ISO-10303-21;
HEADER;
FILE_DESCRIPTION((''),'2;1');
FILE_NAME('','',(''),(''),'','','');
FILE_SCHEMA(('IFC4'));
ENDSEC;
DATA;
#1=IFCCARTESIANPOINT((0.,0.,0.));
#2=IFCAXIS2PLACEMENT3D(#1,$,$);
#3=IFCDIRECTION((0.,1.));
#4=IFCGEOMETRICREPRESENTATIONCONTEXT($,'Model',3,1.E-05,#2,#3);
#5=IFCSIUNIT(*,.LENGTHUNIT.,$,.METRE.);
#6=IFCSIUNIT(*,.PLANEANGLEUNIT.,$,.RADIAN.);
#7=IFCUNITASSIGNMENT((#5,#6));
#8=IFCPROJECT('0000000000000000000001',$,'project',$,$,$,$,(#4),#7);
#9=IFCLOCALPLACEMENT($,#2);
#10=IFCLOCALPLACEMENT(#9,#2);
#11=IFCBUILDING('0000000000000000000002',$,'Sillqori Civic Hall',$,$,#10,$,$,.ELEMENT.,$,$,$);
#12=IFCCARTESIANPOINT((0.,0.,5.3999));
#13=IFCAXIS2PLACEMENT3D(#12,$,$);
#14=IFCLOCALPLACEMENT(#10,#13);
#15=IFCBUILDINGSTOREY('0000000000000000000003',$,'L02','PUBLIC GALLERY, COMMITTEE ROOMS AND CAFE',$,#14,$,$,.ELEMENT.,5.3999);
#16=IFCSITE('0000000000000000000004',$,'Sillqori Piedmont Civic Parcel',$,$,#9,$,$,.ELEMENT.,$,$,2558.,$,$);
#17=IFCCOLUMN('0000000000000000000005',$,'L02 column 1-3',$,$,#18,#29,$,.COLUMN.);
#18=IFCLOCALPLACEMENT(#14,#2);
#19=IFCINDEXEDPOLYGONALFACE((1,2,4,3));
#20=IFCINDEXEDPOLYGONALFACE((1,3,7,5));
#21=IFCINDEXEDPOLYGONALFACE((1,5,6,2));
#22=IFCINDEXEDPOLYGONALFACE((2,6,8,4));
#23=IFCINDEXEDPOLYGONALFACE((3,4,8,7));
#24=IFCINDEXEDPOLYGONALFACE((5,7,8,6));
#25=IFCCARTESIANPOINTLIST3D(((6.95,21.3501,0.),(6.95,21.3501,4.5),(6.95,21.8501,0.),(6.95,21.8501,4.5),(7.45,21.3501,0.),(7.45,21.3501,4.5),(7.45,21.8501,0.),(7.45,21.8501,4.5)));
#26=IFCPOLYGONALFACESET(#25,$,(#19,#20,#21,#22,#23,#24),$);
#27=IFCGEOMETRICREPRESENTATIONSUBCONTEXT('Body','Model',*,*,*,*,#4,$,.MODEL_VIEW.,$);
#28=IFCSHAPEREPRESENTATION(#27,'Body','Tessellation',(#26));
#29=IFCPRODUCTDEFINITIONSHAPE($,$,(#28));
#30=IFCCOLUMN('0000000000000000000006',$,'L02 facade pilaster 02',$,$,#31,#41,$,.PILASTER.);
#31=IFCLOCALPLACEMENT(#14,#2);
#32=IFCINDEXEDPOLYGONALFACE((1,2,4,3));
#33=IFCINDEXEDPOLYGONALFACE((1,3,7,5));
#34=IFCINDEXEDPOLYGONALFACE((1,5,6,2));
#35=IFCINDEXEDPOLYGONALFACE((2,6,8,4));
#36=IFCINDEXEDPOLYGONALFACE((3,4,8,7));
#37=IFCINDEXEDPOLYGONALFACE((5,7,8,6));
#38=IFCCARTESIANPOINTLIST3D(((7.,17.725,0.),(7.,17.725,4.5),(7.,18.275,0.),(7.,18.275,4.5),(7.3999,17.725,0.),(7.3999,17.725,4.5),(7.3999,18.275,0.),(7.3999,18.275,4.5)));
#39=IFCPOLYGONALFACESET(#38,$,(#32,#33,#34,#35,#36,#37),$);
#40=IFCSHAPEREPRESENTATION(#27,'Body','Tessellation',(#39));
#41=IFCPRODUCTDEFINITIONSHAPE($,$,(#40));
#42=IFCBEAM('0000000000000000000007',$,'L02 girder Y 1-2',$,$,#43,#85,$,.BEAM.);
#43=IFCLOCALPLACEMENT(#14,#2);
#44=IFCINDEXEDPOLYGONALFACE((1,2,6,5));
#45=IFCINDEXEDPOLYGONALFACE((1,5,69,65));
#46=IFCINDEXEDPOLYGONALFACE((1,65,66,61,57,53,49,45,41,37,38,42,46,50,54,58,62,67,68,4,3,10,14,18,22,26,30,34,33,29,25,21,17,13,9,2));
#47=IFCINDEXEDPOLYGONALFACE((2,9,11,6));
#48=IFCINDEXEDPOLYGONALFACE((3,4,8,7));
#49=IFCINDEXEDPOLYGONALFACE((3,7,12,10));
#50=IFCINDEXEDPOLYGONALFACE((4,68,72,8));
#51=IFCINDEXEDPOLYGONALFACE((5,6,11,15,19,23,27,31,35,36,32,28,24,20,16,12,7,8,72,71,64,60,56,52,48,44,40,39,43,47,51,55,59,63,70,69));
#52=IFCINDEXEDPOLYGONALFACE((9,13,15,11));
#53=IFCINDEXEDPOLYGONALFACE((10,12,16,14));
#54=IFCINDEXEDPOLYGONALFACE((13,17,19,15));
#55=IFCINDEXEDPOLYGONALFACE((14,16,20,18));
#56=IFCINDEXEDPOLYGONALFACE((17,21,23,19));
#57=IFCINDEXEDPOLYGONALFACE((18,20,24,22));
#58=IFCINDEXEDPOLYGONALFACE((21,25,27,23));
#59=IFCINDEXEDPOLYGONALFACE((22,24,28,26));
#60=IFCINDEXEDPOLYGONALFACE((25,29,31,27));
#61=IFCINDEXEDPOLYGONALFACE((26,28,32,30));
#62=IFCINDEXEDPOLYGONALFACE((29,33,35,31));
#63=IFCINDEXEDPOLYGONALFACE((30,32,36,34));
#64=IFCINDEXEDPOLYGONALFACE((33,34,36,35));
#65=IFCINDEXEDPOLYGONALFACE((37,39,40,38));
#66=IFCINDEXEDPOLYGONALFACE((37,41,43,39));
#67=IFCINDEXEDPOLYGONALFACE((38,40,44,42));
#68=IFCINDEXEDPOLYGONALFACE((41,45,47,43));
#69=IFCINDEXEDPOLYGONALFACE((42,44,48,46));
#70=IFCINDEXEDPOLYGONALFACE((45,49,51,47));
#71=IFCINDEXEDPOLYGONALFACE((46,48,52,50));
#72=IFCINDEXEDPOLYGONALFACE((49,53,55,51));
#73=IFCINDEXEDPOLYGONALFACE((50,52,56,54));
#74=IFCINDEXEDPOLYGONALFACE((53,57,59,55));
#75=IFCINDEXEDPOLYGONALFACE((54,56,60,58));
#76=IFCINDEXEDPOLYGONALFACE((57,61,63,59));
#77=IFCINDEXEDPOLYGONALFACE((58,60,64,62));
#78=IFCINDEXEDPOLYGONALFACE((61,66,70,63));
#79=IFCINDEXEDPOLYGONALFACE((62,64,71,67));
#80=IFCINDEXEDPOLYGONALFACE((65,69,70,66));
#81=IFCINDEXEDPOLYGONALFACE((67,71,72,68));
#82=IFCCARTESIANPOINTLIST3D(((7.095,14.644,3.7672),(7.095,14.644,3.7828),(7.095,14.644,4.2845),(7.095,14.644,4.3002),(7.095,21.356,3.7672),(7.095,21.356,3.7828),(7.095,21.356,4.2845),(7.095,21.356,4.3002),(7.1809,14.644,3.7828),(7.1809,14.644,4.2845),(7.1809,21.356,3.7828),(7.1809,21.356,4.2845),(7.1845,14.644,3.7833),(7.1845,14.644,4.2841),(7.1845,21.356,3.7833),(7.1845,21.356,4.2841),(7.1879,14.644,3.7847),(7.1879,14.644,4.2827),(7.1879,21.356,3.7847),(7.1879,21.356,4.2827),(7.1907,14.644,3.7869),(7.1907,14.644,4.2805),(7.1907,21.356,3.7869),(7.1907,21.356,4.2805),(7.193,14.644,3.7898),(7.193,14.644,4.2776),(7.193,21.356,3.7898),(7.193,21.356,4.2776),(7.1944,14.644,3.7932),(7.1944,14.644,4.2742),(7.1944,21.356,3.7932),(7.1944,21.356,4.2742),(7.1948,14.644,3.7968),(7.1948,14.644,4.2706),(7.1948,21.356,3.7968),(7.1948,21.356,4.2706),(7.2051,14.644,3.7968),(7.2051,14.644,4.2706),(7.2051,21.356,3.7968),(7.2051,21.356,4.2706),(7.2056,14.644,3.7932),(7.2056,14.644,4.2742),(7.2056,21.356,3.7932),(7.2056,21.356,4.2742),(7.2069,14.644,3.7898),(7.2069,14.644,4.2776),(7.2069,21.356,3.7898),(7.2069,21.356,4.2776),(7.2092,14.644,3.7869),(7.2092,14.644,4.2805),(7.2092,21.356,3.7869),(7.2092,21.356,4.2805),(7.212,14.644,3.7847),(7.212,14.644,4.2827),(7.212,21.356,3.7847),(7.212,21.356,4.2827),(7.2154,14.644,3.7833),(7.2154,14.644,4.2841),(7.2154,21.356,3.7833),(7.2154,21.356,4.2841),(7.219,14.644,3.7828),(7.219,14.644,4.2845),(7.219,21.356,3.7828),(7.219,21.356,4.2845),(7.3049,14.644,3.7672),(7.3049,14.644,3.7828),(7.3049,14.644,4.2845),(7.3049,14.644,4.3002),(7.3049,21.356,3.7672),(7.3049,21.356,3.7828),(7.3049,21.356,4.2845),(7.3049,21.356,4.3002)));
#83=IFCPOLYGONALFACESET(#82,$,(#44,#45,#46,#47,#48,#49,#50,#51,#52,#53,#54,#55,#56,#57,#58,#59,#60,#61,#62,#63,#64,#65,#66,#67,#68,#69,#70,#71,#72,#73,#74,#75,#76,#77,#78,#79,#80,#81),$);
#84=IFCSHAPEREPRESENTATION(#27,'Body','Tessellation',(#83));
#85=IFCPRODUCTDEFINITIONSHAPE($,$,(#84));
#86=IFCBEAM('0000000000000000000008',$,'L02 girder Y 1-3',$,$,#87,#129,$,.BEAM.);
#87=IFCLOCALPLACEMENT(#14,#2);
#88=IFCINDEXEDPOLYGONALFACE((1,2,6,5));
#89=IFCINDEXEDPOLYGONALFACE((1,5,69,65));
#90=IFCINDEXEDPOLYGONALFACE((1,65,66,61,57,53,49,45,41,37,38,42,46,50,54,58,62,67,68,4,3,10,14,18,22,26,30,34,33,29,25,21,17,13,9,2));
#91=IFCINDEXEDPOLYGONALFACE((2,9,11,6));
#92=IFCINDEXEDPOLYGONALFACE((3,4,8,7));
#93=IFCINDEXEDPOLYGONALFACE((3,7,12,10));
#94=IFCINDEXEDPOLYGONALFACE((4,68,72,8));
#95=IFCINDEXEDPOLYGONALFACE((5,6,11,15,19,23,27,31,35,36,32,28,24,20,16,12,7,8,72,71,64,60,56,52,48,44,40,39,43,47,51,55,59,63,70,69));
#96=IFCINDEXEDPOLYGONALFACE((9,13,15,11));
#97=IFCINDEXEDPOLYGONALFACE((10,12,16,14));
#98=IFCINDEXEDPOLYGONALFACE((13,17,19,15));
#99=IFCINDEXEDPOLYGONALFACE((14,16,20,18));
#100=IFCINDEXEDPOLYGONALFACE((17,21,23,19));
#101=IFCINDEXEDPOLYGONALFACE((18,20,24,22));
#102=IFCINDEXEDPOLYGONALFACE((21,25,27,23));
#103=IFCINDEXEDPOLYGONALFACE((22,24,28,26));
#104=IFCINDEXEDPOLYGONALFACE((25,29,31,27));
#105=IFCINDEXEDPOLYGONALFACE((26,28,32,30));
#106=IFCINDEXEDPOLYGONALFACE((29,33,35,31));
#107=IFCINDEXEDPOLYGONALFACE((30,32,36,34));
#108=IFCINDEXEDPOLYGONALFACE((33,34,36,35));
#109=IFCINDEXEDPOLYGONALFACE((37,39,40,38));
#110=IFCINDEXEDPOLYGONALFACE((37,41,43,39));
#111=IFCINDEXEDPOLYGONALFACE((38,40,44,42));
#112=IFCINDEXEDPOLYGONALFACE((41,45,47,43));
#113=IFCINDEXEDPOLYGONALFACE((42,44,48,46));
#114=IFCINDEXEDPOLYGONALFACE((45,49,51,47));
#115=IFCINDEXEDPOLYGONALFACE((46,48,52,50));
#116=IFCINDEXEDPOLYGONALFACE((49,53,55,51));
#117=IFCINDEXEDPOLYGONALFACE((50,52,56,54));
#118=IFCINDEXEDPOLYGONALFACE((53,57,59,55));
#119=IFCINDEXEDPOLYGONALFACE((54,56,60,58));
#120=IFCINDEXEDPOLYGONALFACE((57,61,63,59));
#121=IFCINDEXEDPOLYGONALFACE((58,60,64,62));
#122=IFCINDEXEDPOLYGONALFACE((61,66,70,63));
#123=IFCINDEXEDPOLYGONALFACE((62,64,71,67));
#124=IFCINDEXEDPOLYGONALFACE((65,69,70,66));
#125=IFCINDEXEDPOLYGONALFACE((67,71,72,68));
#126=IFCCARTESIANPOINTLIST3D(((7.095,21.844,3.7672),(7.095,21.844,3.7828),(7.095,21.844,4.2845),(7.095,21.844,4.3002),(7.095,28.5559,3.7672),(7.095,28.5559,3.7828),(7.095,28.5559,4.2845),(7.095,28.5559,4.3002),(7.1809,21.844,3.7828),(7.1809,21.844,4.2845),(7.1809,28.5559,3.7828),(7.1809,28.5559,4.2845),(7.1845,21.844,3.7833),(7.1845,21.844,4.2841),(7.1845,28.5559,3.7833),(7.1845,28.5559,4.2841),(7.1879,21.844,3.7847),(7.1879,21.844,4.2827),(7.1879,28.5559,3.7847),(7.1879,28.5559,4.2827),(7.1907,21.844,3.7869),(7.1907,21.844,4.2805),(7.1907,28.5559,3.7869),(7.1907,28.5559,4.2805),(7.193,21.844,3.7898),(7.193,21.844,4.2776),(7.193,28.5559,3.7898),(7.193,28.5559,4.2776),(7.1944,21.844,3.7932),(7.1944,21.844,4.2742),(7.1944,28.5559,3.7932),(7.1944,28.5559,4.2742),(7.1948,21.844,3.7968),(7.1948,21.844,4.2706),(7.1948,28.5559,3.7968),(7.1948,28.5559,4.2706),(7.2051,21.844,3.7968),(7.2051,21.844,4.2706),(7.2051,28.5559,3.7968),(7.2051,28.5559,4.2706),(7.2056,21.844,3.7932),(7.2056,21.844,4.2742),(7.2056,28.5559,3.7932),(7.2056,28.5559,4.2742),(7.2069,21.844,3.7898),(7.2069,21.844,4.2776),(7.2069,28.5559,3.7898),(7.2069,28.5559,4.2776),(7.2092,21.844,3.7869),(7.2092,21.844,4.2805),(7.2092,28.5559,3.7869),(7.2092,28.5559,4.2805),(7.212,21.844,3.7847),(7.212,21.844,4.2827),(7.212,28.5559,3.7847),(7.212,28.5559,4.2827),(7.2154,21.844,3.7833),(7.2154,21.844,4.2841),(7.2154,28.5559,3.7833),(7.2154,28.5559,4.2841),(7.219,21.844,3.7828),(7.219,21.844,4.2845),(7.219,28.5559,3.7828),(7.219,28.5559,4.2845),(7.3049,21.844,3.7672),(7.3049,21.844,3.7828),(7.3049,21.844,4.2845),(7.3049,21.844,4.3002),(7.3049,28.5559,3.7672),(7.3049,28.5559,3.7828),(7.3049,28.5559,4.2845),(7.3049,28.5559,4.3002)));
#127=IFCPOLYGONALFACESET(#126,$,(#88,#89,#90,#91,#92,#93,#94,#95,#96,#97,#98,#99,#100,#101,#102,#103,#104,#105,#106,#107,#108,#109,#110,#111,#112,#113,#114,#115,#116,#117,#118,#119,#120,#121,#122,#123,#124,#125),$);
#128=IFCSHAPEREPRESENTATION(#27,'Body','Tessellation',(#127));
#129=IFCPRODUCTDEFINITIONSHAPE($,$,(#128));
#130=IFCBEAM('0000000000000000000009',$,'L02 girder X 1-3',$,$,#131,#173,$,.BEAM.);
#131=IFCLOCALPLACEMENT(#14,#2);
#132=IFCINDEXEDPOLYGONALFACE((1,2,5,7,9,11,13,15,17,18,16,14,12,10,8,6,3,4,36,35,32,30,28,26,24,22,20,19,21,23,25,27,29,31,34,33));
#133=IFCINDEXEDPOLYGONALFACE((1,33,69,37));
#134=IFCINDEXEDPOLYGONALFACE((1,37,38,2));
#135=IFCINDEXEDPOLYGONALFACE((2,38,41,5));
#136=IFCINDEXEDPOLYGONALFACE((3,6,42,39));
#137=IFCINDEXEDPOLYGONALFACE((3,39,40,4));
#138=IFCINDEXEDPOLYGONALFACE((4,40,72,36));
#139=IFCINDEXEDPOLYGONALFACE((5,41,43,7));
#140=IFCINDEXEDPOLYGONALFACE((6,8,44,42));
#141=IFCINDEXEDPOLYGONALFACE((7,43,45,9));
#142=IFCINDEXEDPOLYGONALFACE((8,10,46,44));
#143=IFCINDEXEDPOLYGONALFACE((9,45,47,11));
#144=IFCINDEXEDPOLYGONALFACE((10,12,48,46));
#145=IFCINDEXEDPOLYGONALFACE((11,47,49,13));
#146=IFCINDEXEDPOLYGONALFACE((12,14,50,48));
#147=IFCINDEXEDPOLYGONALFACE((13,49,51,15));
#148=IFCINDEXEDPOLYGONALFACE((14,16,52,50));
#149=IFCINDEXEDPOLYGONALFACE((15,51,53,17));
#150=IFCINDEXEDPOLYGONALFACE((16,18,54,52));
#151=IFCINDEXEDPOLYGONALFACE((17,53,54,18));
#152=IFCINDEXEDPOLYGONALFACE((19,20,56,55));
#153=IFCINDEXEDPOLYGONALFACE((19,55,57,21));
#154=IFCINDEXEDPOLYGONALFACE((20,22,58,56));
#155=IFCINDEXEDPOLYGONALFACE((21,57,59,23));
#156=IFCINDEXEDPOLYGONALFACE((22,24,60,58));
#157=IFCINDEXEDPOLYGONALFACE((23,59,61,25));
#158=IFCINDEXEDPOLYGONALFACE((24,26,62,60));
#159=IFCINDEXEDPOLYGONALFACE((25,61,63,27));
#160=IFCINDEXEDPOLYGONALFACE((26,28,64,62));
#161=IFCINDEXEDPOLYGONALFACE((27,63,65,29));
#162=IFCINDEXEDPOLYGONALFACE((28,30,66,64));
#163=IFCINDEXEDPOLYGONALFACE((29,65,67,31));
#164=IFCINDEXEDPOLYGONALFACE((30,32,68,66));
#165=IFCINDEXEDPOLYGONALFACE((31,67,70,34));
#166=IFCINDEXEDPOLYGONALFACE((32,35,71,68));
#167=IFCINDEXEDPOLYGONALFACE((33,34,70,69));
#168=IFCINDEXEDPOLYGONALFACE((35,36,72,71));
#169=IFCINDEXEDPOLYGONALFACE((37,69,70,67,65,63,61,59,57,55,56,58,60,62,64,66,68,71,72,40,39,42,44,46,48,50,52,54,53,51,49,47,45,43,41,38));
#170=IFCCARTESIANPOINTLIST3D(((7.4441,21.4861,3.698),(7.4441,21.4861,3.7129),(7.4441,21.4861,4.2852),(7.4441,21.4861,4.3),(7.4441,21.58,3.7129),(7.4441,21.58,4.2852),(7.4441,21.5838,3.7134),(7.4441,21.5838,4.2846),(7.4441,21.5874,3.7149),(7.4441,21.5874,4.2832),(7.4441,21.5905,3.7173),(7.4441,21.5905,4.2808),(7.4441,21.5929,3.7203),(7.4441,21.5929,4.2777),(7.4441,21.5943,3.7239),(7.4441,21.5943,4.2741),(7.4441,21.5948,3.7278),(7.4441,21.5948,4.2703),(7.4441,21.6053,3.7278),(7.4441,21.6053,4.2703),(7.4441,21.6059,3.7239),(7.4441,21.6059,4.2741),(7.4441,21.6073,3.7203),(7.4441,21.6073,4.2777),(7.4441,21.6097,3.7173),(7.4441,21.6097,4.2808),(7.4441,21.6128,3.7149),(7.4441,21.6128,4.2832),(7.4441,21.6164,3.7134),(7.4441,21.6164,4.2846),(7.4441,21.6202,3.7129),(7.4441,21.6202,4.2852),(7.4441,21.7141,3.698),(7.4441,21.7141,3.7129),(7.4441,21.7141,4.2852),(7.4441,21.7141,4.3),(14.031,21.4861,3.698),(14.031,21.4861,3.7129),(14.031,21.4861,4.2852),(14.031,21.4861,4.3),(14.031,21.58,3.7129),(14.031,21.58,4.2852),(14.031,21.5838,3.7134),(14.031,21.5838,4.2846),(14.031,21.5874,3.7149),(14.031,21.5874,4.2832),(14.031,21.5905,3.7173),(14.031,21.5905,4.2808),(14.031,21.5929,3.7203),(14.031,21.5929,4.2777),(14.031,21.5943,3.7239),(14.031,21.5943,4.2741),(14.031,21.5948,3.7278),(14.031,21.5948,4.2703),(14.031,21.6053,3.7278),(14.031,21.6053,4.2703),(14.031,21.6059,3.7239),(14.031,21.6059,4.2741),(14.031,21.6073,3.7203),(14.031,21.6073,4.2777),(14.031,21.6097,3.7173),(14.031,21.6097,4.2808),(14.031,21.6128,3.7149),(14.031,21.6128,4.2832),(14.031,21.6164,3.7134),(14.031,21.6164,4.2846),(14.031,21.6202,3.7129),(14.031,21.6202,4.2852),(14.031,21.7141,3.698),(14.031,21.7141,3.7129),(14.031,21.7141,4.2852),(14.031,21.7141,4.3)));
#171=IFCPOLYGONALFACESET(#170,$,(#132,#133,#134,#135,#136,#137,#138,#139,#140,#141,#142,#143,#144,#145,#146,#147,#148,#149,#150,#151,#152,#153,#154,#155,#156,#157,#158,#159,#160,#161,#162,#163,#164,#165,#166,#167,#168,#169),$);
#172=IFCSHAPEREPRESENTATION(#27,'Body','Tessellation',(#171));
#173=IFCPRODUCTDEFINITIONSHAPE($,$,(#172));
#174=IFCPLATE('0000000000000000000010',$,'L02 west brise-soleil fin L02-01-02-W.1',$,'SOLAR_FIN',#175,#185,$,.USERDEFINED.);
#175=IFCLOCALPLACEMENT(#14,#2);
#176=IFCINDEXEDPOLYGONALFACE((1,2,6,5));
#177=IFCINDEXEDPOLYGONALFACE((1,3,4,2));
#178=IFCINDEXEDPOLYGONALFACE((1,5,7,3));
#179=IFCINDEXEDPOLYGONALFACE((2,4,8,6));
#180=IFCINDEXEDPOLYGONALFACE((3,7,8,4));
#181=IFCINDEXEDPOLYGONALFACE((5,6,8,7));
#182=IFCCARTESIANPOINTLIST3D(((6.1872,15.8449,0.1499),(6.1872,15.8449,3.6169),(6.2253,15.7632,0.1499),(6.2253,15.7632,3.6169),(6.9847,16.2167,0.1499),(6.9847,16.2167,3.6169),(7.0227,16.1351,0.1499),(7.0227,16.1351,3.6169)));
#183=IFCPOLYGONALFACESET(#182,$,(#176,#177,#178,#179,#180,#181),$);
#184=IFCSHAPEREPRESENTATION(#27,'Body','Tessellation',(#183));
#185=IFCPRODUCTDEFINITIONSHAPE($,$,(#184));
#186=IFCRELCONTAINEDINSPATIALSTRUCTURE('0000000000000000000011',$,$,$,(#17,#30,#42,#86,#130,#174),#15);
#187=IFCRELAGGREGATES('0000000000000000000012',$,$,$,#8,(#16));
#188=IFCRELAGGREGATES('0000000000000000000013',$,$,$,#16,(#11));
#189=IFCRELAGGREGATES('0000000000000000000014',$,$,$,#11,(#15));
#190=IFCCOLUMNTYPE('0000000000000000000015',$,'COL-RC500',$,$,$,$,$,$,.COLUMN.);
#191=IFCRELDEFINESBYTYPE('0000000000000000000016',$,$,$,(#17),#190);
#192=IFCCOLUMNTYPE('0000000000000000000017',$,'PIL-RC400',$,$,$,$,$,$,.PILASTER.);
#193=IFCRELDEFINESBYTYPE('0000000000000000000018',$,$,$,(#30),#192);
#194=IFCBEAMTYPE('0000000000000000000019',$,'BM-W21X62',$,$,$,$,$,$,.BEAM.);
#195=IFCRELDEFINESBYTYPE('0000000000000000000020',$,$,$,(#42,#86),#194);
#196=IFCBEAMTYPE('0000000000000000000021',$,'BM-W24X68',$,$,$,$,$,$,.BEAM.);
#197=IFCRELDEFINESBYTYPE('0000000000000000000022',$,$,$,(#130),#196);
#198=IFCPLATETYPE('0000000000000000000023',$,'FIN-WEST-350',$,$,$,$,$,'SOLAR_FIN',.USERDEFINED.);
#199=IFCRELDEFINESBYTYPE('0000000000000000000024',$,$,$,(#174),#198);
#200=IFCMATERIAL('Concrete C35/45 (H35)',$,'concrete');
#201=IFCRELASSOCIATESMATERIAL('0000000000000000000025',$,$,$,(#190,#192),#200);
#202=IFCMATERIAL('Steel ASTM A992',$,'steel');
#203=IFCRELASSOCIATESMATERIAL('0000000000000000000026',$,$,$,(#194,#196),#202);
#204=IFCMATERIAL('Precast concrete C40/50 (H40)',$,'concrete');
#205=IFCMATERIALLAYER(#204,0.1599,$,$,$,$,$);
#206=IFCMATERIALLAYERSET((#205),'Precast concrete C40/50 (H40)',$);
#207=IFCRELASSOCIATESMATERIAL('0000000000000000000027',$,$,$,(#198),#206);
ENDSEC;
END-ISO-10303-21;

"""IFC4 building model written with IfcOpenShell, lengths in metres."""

from ifc_helpers import new_model, si_unit, direction, frame, origin, origin_2d, place, context, subcontext, project, spatial, rectangle, i_section, extrude, material, layer, layer_set, material_profile, profile_set, type_object, element, save


model = new_model("IFC4")

# Units and contexts
model_context = context("Model", 3, precision=1e-05, world=origin(), true_north=direction((0.0, 1.0)))
body_context = subcontext(model_context, "Body", "Model", "MODEL_VIEW")
ifc_project = project(units=[si_unit("LENGTHUNIT", "METRE"), si_unit("PLANEANGLEUNIT", "RADIAN")], contexts=[model_context])

# Site, building, storey
site_placement = place(None, origin())
site = spatial("IfcSite", under=ifc_project, at=site_placement, Name="Sillqori Piedmont Civic Parcel", CompositionType="ELEMENT", RefElevation=2558.0)
building_placement = place(site_placement, origin())
building = spatial("IfcBuilding", under=site, at=building_placement, Name="Sillqori Civic Hall", CompositionType="ELEMENT")
storey_placement = place(building_placement, frame((0.0, 0.0, 5.3999)))
storey = spatial("IfcBuildingStorey", under=building, at=storey_placement, Name="L02", Description="PUBLIC GALLERY, COMMITTEE ROOMS AND CAFE", CompositionType="ELEMENT", Elevation=5.3999)

# Columns
ifc_material_1 = material(Name="Concrete C35/45 (H35)", Category="concrete")
ifc_material_profile_1 = material_profile(ifc_material_1, rectangle(XDim=0.5, YDim=0.5, at=origin_2d()), Name="RC 500x500")
ifc_profile_set_1 = profile_set([ifc_material_profile_1], Name="Concrete C35/45 (H35)")
column_type_1 = type_object("IfcColumnType", Name="COL-RC500", PredefinedType="COLUMN", material=ifc_profile_set_1)
column_1_placement = place(storey_placement, frame((7.2, 21.6001, 0.0), z_axis=(0.0, 0.0, 1.0), x_axis=(1.0, 0.0, 0.0)))
element("IfcColumn", 1, at=column_1_placement, inside=storey, type_object=column_type_1, Name="L02 column 1-3", PredefinedType="COLUMN", context=body_context, shape_type="SweptSolid", body=[
    extrude(rectangle(XDim=0.5, YDim=0.5, at=origin_2d()), origin(), (0.0, 0.0, 1.0), 4.5),
])
ifc_material_profile_2 = material_profile(ifc_material_1, rectangle(XDim=0.3999, YDim=0.55, at=origin_2d()), Name="RC 400x550")
ifc_profile_set_2 = profile_set([ifc_material_profile_2], Name="Concrete C35/45 (H35)")
column_type_2 = type_object("IfcColumnType", Name="PIL-RC400", PredefinedType="PILASTER", material=ifc_profile_set_2)
column_2_placement = place(storey_placement, frame((7.2, 18.0, 0.0), z_axis=(0.0, 0.0, 1.0), x_axis=(1.0, 0.0, 0.0)))
element("IfcColumn", 2, at=column_2_placement, inside=storey, type_object=column_type_2, Name="L02 facade pilaster 02", PredefinedType="PILASTER", context=body_context, shape_type="SweptSolid", body=[
    extrude(rectangle(XDim=0.3999, YDim=0.55, at=origin_2d()), origin(), (0.0, 0.0, 1.0), 4.5),
])

# Beams
ifc_material_2 = material(Name="Steel ASTM A992", Category="steel")
ifc_material_profile_3 = material_profile(ifc_material_2, i_section(OverallWidth=0.21, OverallDepth=0.533, WebThickness=0.0103, FlangeThickness=0.0156, FilletRadius=0.0139, at=origin_2d()), Name="W21X62")
ifc_profile_set_3 = profile_set([ifc_material_profile_3], Name="Steel ASTM A992")
beam_type_1 = type_object("IfcBeamType", Name="BM-W21X62", PredefinedType="BEAM", material=ifc_profile_set_3)
for number, where, z_axis, x_axis, name in (
    (3, (7.2, 14.644, 4.0337), (0.0, 1.0, 0.0), (-1.0, 0.0, 0.0), "L02 girder Y 1-2"),
    (4, (7.2, 21.844, 4.0337), (0.0, 1.0, 0.0), (-1.0, 0.0, 0.0), "L02 girder Y 1-3"),
):
    element("IfcBeam", number, at=place(storey_placement, frame(where, z_axis=z_axis, x_axis=x_axis)), inside=storey, type_object=beam_type_1, Name=name, PredefinedType="BEAM", context=body_context, shape_type="SweptSolid", body=[
        extrude(i_section(OverallWidth=0.21, OverallDepth=0.533, WebThickness=0.0103, FlangeThickness=0.0156, FilletRadius=0.0139, at=origin_2d()), origin(), (0.0, 0.0, 1.0), 6.7119),
    ])
ifc_material_profile_4 = material_profile(ifc_material_2, i_section(OverallWidth=0.228, OverallDepth=0.6021, WebThickness=0.0105, FlangeThickness=0.0149, FilletRadius=0.0149, at=origin_2d()), Name="W24X68")
ifc_profile_set_4 = profile_set([ifc_material_profile_4], Name="Steel ASTM A992")
beam_type_2 = type_object("IfcBeamType", Name="BM-W24X68", PredefinedType="BEAM", material=ifc_profile_set_4)
beam_placement = place(storey_placement, frame((7.4441, 21.6001, 3.999), z_axis=(1.0, 0.0, 0.0), x_axis=(0.0, 1.0, 0.0)))
element("IfcBeam", 5, at=beam_placement, inside=storey, type_object=beam_type_2, Name="L02 girder X 1-3", PredefinedType="BEAM", context=body_context, shape_type="SweptSolid", body=[
    extrude(i_section(OverallWidth=0.228, OverallDepth=0.6021, WebThickness=0.0105, FlangeThickness=0.0149, FilletRadius=0.0149, at=origin_2d()), origin(), (0.0, 0.0, 1.0), 6.5869),
])

# Plate
ifc_material_3 = material(Name="Precast concrete C40/50 (H40)", Category="concrete")
ifc_layer_1 = layer(ifc_material_3, 0.1599)
ifc_layer_set_1 = layer_set([ifc_layer_1], Name="Precast concrete C40/50 (H40)")
plate_type_1 = type_object("IfcPlateType", Name="FIN-WEST-350", ElementType="SOLAR_FIN", PredefinedType="USERDEFINED", material=ifc_layer_set_1)
for number, where, z_axis, x_axis, name in (
    (6, (6.605, 15.99, 0.1499), (0.0, 0.0, 1.0), (-0.422618, 0.906308, 0.0), "L02 west brise-soleil fin L02-01-02-W.1"),
):
    element("IfcPlate", number, at=place(storey_placement, frame(where, z_axis=z_axis, x_axis=x_axis)), inside=storey, type_object=plate_type_1, Name=name, ObjectType="SOLAR_FIN", PredefinedType="USERDEFINED", context=body_context, shape_type="SweptSolid", body=[
        extrude(rectangle(XDim=0.0901, YDim=0.8799, at=origin_2d()), origin(), (0.0, 0.0, 1.0), 3.467),
    ])

save(model, "model.ifc")
